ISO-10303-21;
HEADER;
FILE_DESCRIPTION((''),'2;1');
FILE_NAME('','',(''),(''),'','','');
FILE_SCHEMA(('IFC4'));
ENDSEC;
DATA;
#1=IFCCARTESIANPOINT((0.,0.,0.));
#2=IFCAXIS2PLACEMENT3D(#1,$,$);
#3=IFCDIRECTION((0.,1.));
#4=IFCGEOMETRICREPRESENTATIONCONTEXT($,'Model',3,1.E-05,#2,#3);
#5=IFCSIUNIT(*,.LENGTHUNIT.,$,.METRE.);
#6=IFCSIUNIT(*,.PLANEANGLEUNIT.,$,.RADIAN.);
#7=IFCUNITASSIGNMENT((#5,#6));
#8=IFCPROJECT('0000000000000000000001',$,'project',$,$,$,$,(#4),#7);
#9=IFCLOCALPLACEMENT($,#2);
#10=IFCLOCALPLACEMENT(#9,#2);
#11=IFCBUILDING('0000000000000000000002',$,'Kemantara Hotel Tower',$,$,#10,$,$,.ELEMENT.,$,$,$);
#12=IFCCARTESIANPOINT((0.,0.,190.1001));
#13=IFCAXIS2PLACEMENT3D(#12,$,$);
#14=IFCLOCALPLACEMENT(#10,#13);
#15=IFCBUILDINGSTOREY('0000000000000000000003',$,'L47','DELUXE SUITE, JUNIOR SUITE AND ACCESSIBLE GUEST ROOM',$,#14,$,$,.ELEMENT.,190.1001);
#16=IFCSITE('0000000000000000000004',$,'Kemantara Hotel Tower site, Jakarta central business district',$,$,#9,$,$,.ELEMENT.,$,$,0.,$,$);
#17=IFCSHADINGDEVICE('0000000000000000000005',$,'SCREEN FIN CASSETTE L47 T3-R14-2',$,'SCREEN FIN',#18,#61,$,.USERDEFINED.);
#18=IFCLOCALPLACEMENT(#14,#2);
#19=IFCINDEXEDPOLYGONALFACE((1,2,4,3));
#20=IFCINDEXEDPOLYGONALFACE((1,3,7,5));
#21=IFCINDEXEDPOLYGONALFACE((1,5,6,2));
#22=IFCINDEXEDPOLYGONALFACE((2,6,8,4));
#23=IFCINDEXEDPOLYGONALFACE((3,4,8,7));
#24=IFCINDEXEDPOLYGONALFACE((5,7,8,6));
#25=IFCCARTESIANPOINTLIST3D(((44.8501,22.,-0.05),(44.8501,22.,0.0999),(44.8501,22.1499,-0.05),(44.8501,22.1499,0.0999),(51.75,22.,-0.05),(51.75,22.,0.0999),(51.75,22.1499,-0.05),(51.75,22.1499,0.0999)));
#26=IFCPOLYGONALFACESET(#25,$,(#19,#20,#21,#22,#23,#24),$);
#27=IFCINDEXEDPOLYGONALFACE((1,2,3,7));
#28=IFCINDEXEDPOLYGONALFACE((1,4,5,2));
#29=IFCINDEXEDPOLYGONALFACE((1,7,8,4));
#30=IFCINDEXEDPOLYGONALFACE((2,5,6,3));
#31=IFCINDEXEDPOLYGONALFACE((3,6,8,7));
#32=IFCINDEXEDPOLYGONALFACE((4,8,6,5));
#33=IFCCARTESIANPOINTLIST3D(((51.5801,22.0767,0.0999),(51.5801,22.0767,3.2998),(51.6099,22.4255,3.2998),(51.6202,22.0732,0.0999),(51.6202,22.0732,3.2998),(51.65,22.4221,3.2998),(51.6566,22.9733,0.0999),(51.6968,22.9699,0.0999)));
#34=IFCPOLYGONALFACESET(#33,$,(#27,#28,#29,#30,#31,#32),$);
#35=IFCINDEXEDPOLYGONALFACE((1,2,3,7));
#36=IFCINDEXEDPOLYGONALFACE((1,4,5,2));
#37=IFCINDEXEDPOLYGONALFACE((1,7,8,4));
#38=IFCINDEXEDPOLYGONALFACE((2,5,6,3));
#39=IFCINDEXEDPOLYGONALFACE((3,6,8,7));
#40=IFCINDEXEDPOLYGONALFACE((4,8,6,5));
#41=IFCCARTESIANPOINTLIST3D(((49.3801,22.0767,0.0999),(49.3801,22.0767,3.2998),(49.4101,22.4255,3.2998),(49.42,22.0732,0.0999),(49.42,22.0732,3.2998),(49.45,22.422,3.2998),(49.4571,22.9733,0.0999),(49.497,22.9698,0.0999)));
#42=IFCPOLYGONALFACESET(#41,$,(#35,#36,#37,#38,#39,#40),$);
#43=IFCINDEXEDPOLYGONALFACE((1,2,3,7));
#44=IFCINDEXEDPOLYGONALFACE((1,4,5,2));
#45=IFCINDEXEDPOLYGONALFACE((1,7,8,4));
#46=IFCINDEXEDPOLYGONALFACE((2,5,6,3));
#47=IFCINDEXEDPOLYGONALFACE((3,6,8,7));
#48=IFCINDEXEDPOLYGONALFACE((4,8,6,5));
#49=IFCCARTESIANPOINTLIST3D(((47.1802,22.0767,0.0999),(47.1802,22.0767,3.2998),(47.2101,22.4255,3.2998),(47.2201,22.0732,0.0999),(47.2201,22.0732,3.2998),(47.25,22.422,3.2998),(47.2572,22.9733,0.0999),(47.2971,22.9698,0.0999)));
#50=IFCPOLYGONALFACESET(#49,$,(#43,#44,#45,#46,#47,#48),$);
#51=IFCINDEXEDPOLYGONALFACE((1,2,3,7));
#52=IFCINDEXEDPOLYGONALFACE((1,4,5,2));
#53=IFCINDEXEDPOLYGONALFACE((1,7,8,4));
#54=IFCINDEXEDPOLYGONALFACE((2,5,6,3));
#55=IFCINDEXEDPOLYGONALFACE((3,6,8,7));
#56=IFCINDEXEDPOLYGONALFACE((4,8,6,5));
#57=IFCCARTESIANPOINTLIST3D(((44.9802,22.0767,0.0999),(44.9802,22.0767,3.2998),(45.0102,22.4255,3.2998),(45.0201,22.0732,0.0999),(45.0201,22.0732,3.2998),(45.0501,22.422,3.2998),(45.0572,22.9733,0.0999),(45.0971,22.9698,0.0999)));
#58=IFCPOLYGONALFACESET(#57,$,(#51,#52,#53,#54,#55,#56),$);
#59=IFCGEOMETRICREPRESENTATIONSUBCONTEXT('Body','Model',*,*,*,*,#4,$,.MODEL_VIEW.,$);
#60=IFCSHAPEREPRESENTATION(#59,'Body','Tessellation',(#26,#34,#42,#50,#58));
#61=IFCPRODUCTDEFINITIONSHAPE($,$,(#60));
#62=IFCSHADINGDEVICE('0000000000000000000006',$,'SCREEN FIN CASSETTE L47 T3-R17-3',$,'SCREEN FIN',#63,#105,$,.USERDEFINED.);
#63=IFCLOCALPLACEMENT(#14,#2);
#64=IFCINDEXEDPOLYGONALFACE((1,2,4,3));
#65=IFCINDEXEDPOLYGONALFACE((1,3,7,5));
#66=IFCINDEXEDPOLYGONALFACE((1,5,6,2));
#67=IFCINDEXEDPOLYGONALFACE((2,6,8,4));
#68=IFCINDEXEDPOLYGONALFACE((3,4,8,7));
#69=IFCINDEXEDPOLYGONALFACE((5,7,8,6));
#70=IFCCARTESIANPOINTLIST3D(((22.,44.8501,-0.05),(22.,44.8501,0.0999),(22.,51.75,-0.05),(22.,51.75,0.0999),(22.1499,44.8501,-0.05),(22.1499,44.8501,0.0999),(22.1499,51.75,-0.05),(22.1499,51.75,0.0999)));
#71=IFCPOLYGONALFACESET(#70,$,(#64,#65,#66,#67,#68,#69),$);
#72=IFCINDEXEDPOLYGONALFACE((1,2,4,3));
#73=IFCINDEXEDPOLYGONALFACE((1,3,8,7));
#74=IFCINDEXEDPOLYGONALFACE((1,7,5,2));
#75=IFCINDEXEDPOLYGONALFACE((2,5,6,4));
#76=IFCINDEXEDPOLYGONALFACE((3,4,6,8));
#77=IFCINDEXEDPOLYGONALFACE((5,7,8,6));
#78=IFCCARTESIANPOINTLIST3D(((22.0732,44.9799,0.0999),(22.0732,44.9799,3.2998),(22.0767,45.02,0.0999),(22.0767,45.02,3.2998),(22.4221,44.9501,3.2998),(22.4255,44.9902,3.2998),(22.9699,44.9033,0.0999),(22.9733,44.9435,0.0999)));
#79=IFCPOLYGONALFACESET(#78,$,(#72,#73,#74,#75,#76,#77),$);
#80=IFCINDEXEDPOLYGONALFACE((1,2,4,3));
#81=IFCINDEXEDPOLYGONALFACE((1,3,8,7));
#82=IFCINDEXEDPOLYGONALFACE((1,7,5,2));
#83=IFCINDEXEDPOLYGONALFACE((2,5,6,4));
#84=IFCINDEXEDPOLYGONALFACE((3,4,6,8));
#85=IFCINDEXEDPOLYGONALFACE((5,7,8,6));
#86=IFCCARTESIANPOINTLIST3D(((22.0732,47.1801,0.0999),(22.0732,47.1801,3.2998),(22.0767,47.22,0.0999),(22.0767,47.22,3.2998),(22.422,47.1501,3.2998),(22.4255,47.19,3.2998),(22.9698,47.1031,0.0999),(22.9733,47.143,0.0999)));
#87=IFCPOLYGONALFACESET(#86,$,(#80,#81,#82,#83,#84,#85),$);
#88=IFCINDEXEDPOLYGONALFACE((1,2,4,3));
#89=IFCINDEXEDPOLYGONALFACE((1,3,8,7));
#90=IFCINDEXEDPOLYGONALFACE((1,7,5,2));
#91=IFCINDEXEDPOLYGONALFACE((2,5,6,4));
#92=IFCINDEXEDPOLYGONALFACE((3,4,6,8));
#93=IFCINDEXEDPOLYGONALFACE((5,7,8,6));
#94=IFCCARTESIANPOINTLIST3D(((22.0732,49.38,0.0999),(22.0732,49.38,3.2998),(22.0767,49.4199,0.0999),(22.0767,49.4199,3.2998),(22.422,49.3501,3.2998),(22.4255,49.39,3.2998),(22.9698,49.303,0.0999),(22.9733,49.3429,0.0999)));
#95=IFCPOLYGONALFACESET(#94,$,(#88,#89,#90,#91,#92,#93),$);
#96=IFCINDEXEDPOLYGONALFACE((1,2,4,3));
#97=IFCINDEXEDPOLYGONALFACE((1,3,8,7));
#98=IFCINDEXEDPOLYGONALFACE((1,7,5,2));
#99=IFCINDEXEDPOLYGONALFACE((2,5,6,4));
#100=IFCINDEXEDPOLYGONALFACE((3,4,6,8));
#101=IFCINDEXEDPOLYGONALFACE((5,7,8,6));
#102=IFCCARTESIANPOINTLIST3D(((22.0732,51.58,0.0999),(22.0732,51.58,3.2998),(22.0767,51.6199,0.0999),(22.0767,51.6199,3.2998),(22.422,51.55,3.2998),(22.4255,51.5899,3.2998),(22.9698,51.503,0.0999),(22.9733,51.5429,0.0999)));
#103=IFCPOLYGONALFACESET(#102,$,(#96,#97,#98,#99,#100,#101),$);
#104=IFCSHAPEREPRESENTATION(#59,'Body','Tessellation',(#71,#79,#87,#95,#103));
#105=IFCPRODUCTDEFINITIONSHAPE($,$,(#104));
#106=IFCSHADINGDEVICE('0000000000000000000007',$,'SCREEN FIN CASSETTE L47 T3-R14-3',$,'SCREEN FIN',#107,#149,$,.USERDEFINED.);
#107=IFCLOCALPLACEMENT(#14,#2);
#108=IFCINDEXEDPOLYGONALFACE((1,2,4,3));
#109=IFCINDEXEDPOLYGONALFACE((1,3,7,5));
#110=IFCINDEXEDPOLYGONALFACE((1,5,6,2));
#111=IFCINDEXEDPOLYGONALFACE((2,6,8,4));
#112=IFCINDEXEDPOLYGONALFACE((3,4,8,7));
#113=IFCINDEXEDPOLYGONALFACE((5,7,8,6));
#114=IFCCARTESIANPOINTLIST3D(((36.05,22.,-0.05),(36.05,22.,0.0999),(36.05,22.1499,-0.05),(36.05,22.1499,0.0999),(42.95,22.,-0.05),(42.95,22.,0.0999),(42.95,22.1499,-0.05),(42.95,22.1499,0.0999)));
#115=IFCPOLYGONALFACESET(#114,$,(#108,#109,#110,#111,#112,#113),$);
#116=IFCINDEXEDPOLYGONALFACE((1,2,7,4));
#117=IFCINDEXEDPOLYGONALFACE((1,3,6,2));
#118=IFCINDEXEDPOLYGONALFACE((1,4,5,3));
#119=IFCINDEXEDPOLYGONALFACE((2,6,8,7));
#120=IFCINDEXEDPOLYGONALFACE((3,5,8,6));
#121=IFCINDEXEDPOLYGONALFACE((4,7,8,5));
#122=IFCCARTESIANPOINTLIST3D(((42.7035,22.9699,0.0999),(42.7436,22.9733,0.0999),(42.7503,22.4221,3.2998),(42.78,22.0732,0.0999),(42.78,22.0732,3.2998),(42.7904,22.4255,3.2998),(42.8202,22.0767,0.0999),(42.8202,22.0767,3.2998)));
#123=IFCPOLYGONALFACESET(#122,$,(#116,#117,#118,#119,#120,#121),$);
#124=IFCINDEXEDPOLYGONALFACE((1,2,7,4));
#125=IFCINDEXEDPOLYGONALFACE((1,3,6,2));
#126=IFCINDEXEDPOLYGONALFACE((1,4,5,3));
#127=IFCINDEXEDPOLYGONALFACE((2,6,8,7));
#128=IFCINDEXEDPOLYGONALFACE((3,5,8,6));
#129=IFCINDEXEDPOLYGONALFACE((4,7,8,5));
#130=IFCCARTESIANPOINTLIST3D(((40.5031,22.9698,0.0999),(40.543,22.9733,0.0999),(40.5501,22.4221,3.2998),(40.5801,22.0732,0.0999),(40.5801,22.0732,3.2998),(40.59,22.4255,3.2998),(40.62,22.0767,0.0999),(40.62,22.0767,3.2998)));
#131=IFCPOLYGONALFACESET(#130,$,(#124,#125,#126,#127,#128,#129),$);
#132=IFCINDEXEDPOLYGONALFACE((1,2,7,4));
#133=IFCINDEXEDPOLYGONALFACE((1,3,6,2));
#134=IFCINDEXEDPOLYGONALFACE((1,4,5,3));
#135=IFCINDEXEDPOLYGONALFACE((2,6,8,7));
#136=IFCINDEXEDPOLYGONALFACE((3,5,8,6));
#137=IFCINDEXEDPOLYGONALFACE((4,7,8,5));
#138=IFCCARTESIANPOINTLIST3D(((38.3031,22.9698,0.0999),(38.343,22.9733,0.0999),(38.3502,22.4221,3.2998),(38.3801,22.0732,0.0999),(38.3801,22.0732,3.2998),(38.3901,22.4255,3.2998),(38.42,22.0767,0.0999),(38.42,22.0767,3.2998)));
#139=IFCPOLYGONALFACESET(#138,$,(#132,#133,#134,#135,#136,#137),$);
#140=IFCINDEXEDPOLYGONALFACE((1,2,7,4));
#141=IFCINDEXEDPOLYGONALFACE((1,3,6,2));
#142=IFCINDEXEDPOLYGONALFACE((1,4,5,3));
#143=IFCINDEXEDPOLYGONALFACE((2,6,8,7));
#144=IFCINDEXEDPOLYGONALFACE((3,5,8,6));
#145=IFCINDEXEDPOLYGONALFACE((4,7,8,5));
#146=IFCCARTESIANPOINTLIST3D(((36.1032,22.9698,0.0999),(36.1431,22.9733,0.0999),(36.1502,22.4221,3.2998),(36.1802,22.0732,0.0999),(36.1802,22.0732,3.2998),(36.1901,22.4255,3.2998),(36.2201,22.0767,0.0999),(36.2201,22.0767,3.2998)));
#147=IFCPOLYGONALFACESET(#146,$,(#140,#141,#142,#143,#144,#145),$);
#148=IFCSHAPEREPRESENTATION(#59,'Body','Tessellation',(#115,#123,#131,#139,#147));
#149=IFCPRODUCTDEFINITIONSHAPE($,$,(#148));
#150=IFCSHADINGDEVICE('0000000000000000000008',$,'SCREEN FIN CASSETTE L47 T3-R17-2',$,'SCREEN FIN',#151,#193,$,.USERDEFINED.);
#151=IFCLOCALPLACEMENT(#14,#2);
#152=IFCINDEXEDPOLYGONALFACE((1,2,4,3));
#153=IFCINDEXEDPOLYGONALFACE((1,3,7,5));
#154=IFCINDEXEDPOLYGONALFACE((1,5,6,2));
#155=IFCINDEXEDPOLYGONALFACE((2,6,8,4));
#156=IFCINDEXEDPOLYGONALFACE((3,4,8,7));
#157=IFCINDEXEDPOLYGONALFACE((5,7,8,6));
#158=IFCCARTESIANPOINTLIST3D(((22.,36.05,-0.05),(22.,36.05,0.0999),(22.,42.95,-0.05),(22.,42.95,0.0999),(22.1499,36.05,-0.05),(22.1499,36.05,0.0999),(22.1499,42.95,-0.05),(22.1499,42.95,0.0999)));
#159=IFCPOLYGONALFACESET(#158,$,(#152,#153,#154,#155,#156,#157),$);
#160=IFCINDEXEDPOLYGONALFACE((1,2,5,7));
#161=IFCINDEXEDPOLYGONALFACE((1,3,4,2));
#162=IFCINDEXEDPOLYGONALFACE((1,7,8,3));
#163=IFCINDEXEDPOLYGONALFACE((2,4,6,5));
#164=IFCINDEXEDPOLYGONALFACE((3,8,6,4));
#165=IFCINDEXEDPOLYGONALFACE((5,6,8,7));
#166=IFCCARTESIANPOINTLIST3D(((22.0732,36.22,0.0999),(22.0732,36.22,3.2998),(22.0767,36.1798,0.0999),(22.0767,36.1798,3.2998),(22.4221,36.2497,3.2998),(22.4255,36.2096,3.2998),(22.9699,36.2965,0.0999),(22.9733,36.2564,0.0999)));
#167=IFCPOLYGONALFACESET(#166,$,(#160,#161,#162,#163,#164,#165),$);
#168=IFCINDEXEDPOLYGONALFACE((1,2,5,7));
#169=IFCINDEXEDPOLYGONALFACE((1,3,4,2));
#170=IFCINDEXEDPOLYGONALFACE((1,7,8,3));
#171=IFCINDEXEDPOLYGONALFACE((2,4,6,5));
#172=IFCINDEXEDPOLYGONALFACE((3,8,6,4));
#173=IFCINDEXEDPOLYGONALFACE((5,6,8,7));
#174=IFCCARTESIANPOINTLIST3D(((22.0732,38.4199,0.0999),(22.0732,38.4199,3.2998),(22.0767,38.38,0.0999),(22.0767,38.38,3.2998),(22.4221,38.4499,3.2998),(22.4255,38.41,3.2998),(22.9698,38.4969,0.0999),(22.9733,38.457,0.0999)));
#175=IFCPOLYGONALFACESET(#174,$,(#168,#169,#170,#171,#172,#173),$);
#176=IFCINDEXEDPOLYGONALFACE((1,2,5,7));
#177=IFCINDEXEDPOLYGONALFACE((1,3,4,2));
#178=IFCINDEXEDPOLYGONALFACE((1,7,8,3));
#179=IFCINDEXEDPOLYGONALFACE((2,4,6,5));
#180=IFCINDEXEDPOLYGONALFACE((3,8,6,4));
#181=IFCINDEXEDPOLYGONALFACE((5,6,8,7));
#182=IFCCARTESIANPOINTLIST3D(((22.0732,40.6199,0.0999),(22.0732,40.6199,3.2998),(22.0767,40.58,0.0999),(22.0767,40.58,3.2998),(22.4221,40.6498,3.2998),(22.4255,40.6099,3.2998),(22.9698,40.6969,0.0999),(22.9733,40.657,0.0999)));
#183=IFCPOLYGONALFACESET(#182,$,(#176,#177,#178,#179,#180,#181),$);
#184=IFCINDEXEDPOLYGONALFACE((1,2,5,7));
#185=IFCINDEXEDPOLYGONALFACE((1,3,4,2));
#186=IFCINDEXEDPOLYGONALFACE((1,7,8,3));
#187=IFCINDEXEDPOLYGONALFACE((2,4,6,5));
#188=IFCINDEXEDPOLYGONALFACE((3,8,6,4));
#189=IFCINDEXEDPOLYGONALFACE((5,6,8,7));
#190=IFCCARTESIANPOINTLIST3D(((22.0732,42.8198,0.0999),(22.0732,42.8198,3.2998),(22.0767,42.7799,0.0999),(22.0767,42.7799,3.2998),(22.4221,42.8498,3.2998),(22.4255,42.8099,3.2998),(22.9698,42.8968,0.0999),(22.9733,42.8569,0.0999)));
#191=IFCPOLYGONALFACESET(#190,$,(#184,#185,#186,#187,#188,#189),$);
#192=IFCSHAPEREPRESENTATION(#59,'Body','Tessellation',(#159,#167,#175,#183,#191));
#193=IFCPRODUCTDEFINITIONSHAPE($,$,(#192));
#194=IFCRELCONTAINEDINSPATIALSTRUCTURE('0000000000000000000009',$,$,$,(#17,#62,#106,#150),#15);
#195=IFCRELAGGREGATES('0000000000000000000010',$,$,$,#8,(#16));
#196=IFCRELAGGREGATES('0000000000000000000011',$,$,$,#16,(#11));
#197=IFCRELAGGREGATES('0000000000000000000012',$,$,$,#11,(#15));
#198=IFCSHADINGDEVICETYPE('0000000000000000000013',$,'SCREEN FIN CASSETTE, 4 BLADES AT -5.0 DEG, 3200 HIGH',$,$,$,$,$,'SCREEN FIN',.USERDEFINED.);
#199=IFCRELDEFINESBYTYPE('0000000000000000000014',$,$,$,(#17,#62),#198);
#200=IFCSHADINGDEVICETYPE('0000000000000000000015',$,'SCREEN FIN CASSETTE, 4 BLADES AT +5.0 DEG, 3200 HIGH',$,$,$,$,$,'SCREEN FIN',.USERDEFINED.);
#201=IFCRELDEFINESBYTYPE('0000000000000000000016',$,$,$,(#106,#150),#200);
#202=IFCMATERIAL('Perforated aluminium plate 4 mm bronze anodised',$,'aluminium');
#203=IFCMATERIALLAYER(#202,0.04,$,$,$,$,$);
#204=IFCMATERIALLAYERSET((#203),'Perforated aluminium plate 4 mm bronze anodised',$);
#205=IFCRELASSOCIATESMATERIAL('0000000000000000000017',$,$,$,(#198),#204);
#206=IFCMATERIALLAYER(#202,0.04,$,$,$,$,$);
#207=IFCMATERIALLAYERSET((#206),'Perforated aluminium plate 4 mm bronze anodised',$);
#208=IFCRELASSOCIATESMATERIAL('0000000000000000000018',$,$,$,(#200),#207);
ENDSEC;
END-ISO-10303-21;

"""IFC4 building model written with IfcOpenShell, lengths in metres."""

from ifc_helpers import new_model, si_unit, direction, frame, origin, origin_2d, place, context, subcontext, project, spatial, polyline, rectangle, outline, extrude, source, transform, mapped, material, layer, layer_set, type_object, element, save


model = new_model("IFC4")

# Units and contexts
model_context = context("Model", 3, precision=1e-05, world=origin(), true_north=direction((0.0, 1.0)))
body_context = subcontext(model_context, "Body", "Model", "MODEL_VIEW")
ifc_project = project(units=[si_unit("LENGTHUNIT", "METRE"), si_unit("PLANEANGLEUNIT", "RADIAN")], contexts=[model_context])

# Site, building, storey
site_placement = place(None, origin())
site = spatial("IfcSite", under=ifc_project, at=site_placement, Name="Kemantara Hotel Tower site, Jakarta central business district", CompositionType="ELEMENT", RefElevation=0.0)
building_placement = place(site_placement, origin())
building = spatial("IfcBuilding", under=site, at=building_placement, Name="Kemantara Hotel Tower", CompositionType="ELEMENT")
storey_placement = place(building_placement, frame((0.0, 0.0, 190.1001)))
storey = spatial("IfcBuildingStorey", under=building, at=storey_placement, Name="L47", Description="DELUXE SUITE, JUNIOR SUITE AND ACCESSIBLE GUEST ROOM", CompositionType="ELEMENT", Elevation=190.1001)

# Shading devices
ifc_material_1 = material(Name="Perforated aluminium plate 4 mm bronze anodised", Category="aluminium")
ifc_layer_1 = layer(ifc_material_1, 0.04)
ifc_layer_set_1 = layer_set([ifc_layer_1], Name="Perforated aluminium plate 4 mm bronze anodised")
shading_device_type_1 = type_object("IfcShadingDeviceType", Name="SCREEN FIN CASSETTE, 4 BLADES AT -5.0 DEG, 3200 HIGH", ElementType="SCREEN FIN", PredefinedType="USERDEFINED", material=ifc_layer_set_1)
shared_shape_1 = source(origin(), body_context, "Body", "SweptSolid", [
    extrude(rectangle(XDim=6.8999, YDim=0.1499, at=origin_2d()), frame((3.3, -0.075, -0.1499), z_axis=(0.0, 0.0, 1.0), x_axis=(1.0, 0.0, 0.0)), (0.0, 0.0, 1.0), 0.1499),
    extrude(outline(polyline([(0.0, 0.0), (0.8999, 0.0), (0.3501, 3.2), (0.0, 3.2), (0.0, 0.0)])), frame((0.02, -0.0767, 0.0), z_axis=(-0.996376, 0.085056, 0.0), x_axis=(-0.085056, -0.996376, 0.0)), (0.0, 0.0, 1.0), 0.0403),
    extrude(outline(polyline([(0.0, 0.0), (0.8999, 0.0), (0.3501, 3.2), (0.0, 3.2), (0.0, 0.0)])), frame((2.22, -0.0767, 0.0), z_axis=(-0.996332, 0.085575, 0.0), x_axis=(-0.085575, -0.996332, 0.0)), (0.0, 0.0, 1.0), 0.04),
    extrude(outline(polyline([(0.0, 0.0), (0.8999, 0.0), (0.3501, 3.2), (0.0, 3.2), (0.0, 0.0)])), frame((4.4199, -0.0767, 0.0), z_axis=(-0.996332, 0.085575, 0.0), x_axis=(-0.085575, -0.996332, 0.0)), (0.0, 0.0, 1.0), 0.04),
    extrude(outline(polyline([(0.0, 0.0), (0.8999, 0.0), (0.3501, 3.2), (0.0, 3.2), (0.0, 0.0)])), frame((6.6199, -0.0767, 0.0), z_axis=(-0.996332, 0.085575, 0.0), x_axis=(-0.085575, -0.996332, 0.0)), (0.0, 0.0, 1.0), 0.04),
])
for number, where, z_axis, x_axis, name in (
    (1, (51.6001, 22.0, 0.0999), (0.0, 0.0, 1.0), (-1.0, 0.0, 0.0), "SCREEN FIN CASSETTE L47 T3-R14-2"),
    (2, (22.0, 45.0, 0.0999), (0.0, 0.0, 1.0), (0.0, 1.0, 0.0), "SCREEN FIN CASSETTE L47 T3-R17-3"),
):
    element("IfcShadingDevice", number, at=place(storey_placement, frame(where, z_axis=z_axis, x_axis=x_axis)), inside=storey, type_object=shading_device_type_1, Name=name, ObjectType="SCREEN FIN", PredefinedType="USERDEFINED", context=body_context, shape_type="MappedRepresentation", body=[
        mapped(shared_shape_1, transform((0.0, 0.0, 0.0))),
    ])
ifc_layer_2 = layer(ifc_material_1, 0.04)
ifc_layer_set_2 = layer_set([ifc_layer_2], Name="Perforated aluminium plate 4 mm bronze anodised")
shading_device_type_2 = type_object("IfcShadingDeviceType", Name="SCREEN FIN CASSETTE, 4 BLADES AT +5.0 DEG, 3200 HIGH", ElementType="SCREEN FIN", PredefinedType="USERDEFINED", material=ifc_layer_set_2)
shared_shape_2 = source(origin(), body_context, "Body", "SweptSolid", [
    extrude(rectangle(XDim=6.8999, YDim=0.1499, at=origin_2d()), frame((3.3, -0.075, -0.1499), z_axis=(0.0, 0.0, 1.0), x_axis=(1.0, 0.0, 0.0)), (0.0, 0.0, 1.0), 0.1499),
    extrude(outline(polyline([(0.0, 0.0), (0.8999, 0.0), (0.3501, 3.2), (0.0, 3.2), (0.0, 0.0)])), frame((0.02, -0.0732, 0.0), z_axis=(-0.996376, -0.085056, 0.0), x_axis=(0.085056, -0.996376, 0.0)), (0.0, 0.0, 1.0), 0.0403),
    extrude(outline(polyline([(0.0, 0.0), (0.8999, 0.0), (0.3501, 3.2), (0.0, 3.2), (0.0, 0.0)])), frame((2.22, -0.0732, 0.0), z_axis=(-0.996332, -0.085575, 0.0), x_axis=(0.085575, -0.996332, 0.0)), (0.0, 0.0, 1.0), 0.04),
    extrude(outline(polyline([(0.0, 0.0), (0.8999, 0.0), (0.3501, 3.2), (0.0, 3.2), (0.0, 0.0)])), frame((4.4199, -0.0732, 0.0), z_axis=(-0.996332, -0.085575, 0.0), x_axis=(0.085575, -0.996332, 0.0)), (0.0, 0.0, 1.0), 0.04),
    extrude(outline(polyline([(0.0, 0.0), (0.8999, 0.0), (0.3501, 3.2), (0.0, 3.2), (0.0, 0.0)])), frame((6.6199, -0.0732, 0.0), z_axis=(-0.996332, -0.085575, 0.0), x_axis=(0.085575, -0.996332, 0.0)), (0.0, 0.0, 1.0), 0.04),
])
for number, where, z_axis, x_axis, name in (
    (3, (42.8, 22.0, 0.0999), (0.0, 0.0, 1.0), (-1.0, 0.0, 0.0), "SCREEN FIN CASSETTE L47 T3-R14-3"),
    (4, (22.0, 36.2, 0.0999), (0.0, 0.0, 1.0), (0.0, 1.0, 0.0), "SCREEN FIN CASSETTE L47 T3-R17-2"),
):
    element("IfcShadingDevice", number, at=place(storey_placement, frame(where, z_axis=z_axis, x_axis=x_axis)), inside=storey, type_object=shading_device_type_2, Name=name, ObjectType="SCREEN FIN", PredefinedType="USERDEFINED", context=body_context, shape_type="MappedRepresentation", body=[
        mapped(shared_shape_2, transform((0.0, 0.0, 0.0))),
    ])

save(model, "model.ifc")
